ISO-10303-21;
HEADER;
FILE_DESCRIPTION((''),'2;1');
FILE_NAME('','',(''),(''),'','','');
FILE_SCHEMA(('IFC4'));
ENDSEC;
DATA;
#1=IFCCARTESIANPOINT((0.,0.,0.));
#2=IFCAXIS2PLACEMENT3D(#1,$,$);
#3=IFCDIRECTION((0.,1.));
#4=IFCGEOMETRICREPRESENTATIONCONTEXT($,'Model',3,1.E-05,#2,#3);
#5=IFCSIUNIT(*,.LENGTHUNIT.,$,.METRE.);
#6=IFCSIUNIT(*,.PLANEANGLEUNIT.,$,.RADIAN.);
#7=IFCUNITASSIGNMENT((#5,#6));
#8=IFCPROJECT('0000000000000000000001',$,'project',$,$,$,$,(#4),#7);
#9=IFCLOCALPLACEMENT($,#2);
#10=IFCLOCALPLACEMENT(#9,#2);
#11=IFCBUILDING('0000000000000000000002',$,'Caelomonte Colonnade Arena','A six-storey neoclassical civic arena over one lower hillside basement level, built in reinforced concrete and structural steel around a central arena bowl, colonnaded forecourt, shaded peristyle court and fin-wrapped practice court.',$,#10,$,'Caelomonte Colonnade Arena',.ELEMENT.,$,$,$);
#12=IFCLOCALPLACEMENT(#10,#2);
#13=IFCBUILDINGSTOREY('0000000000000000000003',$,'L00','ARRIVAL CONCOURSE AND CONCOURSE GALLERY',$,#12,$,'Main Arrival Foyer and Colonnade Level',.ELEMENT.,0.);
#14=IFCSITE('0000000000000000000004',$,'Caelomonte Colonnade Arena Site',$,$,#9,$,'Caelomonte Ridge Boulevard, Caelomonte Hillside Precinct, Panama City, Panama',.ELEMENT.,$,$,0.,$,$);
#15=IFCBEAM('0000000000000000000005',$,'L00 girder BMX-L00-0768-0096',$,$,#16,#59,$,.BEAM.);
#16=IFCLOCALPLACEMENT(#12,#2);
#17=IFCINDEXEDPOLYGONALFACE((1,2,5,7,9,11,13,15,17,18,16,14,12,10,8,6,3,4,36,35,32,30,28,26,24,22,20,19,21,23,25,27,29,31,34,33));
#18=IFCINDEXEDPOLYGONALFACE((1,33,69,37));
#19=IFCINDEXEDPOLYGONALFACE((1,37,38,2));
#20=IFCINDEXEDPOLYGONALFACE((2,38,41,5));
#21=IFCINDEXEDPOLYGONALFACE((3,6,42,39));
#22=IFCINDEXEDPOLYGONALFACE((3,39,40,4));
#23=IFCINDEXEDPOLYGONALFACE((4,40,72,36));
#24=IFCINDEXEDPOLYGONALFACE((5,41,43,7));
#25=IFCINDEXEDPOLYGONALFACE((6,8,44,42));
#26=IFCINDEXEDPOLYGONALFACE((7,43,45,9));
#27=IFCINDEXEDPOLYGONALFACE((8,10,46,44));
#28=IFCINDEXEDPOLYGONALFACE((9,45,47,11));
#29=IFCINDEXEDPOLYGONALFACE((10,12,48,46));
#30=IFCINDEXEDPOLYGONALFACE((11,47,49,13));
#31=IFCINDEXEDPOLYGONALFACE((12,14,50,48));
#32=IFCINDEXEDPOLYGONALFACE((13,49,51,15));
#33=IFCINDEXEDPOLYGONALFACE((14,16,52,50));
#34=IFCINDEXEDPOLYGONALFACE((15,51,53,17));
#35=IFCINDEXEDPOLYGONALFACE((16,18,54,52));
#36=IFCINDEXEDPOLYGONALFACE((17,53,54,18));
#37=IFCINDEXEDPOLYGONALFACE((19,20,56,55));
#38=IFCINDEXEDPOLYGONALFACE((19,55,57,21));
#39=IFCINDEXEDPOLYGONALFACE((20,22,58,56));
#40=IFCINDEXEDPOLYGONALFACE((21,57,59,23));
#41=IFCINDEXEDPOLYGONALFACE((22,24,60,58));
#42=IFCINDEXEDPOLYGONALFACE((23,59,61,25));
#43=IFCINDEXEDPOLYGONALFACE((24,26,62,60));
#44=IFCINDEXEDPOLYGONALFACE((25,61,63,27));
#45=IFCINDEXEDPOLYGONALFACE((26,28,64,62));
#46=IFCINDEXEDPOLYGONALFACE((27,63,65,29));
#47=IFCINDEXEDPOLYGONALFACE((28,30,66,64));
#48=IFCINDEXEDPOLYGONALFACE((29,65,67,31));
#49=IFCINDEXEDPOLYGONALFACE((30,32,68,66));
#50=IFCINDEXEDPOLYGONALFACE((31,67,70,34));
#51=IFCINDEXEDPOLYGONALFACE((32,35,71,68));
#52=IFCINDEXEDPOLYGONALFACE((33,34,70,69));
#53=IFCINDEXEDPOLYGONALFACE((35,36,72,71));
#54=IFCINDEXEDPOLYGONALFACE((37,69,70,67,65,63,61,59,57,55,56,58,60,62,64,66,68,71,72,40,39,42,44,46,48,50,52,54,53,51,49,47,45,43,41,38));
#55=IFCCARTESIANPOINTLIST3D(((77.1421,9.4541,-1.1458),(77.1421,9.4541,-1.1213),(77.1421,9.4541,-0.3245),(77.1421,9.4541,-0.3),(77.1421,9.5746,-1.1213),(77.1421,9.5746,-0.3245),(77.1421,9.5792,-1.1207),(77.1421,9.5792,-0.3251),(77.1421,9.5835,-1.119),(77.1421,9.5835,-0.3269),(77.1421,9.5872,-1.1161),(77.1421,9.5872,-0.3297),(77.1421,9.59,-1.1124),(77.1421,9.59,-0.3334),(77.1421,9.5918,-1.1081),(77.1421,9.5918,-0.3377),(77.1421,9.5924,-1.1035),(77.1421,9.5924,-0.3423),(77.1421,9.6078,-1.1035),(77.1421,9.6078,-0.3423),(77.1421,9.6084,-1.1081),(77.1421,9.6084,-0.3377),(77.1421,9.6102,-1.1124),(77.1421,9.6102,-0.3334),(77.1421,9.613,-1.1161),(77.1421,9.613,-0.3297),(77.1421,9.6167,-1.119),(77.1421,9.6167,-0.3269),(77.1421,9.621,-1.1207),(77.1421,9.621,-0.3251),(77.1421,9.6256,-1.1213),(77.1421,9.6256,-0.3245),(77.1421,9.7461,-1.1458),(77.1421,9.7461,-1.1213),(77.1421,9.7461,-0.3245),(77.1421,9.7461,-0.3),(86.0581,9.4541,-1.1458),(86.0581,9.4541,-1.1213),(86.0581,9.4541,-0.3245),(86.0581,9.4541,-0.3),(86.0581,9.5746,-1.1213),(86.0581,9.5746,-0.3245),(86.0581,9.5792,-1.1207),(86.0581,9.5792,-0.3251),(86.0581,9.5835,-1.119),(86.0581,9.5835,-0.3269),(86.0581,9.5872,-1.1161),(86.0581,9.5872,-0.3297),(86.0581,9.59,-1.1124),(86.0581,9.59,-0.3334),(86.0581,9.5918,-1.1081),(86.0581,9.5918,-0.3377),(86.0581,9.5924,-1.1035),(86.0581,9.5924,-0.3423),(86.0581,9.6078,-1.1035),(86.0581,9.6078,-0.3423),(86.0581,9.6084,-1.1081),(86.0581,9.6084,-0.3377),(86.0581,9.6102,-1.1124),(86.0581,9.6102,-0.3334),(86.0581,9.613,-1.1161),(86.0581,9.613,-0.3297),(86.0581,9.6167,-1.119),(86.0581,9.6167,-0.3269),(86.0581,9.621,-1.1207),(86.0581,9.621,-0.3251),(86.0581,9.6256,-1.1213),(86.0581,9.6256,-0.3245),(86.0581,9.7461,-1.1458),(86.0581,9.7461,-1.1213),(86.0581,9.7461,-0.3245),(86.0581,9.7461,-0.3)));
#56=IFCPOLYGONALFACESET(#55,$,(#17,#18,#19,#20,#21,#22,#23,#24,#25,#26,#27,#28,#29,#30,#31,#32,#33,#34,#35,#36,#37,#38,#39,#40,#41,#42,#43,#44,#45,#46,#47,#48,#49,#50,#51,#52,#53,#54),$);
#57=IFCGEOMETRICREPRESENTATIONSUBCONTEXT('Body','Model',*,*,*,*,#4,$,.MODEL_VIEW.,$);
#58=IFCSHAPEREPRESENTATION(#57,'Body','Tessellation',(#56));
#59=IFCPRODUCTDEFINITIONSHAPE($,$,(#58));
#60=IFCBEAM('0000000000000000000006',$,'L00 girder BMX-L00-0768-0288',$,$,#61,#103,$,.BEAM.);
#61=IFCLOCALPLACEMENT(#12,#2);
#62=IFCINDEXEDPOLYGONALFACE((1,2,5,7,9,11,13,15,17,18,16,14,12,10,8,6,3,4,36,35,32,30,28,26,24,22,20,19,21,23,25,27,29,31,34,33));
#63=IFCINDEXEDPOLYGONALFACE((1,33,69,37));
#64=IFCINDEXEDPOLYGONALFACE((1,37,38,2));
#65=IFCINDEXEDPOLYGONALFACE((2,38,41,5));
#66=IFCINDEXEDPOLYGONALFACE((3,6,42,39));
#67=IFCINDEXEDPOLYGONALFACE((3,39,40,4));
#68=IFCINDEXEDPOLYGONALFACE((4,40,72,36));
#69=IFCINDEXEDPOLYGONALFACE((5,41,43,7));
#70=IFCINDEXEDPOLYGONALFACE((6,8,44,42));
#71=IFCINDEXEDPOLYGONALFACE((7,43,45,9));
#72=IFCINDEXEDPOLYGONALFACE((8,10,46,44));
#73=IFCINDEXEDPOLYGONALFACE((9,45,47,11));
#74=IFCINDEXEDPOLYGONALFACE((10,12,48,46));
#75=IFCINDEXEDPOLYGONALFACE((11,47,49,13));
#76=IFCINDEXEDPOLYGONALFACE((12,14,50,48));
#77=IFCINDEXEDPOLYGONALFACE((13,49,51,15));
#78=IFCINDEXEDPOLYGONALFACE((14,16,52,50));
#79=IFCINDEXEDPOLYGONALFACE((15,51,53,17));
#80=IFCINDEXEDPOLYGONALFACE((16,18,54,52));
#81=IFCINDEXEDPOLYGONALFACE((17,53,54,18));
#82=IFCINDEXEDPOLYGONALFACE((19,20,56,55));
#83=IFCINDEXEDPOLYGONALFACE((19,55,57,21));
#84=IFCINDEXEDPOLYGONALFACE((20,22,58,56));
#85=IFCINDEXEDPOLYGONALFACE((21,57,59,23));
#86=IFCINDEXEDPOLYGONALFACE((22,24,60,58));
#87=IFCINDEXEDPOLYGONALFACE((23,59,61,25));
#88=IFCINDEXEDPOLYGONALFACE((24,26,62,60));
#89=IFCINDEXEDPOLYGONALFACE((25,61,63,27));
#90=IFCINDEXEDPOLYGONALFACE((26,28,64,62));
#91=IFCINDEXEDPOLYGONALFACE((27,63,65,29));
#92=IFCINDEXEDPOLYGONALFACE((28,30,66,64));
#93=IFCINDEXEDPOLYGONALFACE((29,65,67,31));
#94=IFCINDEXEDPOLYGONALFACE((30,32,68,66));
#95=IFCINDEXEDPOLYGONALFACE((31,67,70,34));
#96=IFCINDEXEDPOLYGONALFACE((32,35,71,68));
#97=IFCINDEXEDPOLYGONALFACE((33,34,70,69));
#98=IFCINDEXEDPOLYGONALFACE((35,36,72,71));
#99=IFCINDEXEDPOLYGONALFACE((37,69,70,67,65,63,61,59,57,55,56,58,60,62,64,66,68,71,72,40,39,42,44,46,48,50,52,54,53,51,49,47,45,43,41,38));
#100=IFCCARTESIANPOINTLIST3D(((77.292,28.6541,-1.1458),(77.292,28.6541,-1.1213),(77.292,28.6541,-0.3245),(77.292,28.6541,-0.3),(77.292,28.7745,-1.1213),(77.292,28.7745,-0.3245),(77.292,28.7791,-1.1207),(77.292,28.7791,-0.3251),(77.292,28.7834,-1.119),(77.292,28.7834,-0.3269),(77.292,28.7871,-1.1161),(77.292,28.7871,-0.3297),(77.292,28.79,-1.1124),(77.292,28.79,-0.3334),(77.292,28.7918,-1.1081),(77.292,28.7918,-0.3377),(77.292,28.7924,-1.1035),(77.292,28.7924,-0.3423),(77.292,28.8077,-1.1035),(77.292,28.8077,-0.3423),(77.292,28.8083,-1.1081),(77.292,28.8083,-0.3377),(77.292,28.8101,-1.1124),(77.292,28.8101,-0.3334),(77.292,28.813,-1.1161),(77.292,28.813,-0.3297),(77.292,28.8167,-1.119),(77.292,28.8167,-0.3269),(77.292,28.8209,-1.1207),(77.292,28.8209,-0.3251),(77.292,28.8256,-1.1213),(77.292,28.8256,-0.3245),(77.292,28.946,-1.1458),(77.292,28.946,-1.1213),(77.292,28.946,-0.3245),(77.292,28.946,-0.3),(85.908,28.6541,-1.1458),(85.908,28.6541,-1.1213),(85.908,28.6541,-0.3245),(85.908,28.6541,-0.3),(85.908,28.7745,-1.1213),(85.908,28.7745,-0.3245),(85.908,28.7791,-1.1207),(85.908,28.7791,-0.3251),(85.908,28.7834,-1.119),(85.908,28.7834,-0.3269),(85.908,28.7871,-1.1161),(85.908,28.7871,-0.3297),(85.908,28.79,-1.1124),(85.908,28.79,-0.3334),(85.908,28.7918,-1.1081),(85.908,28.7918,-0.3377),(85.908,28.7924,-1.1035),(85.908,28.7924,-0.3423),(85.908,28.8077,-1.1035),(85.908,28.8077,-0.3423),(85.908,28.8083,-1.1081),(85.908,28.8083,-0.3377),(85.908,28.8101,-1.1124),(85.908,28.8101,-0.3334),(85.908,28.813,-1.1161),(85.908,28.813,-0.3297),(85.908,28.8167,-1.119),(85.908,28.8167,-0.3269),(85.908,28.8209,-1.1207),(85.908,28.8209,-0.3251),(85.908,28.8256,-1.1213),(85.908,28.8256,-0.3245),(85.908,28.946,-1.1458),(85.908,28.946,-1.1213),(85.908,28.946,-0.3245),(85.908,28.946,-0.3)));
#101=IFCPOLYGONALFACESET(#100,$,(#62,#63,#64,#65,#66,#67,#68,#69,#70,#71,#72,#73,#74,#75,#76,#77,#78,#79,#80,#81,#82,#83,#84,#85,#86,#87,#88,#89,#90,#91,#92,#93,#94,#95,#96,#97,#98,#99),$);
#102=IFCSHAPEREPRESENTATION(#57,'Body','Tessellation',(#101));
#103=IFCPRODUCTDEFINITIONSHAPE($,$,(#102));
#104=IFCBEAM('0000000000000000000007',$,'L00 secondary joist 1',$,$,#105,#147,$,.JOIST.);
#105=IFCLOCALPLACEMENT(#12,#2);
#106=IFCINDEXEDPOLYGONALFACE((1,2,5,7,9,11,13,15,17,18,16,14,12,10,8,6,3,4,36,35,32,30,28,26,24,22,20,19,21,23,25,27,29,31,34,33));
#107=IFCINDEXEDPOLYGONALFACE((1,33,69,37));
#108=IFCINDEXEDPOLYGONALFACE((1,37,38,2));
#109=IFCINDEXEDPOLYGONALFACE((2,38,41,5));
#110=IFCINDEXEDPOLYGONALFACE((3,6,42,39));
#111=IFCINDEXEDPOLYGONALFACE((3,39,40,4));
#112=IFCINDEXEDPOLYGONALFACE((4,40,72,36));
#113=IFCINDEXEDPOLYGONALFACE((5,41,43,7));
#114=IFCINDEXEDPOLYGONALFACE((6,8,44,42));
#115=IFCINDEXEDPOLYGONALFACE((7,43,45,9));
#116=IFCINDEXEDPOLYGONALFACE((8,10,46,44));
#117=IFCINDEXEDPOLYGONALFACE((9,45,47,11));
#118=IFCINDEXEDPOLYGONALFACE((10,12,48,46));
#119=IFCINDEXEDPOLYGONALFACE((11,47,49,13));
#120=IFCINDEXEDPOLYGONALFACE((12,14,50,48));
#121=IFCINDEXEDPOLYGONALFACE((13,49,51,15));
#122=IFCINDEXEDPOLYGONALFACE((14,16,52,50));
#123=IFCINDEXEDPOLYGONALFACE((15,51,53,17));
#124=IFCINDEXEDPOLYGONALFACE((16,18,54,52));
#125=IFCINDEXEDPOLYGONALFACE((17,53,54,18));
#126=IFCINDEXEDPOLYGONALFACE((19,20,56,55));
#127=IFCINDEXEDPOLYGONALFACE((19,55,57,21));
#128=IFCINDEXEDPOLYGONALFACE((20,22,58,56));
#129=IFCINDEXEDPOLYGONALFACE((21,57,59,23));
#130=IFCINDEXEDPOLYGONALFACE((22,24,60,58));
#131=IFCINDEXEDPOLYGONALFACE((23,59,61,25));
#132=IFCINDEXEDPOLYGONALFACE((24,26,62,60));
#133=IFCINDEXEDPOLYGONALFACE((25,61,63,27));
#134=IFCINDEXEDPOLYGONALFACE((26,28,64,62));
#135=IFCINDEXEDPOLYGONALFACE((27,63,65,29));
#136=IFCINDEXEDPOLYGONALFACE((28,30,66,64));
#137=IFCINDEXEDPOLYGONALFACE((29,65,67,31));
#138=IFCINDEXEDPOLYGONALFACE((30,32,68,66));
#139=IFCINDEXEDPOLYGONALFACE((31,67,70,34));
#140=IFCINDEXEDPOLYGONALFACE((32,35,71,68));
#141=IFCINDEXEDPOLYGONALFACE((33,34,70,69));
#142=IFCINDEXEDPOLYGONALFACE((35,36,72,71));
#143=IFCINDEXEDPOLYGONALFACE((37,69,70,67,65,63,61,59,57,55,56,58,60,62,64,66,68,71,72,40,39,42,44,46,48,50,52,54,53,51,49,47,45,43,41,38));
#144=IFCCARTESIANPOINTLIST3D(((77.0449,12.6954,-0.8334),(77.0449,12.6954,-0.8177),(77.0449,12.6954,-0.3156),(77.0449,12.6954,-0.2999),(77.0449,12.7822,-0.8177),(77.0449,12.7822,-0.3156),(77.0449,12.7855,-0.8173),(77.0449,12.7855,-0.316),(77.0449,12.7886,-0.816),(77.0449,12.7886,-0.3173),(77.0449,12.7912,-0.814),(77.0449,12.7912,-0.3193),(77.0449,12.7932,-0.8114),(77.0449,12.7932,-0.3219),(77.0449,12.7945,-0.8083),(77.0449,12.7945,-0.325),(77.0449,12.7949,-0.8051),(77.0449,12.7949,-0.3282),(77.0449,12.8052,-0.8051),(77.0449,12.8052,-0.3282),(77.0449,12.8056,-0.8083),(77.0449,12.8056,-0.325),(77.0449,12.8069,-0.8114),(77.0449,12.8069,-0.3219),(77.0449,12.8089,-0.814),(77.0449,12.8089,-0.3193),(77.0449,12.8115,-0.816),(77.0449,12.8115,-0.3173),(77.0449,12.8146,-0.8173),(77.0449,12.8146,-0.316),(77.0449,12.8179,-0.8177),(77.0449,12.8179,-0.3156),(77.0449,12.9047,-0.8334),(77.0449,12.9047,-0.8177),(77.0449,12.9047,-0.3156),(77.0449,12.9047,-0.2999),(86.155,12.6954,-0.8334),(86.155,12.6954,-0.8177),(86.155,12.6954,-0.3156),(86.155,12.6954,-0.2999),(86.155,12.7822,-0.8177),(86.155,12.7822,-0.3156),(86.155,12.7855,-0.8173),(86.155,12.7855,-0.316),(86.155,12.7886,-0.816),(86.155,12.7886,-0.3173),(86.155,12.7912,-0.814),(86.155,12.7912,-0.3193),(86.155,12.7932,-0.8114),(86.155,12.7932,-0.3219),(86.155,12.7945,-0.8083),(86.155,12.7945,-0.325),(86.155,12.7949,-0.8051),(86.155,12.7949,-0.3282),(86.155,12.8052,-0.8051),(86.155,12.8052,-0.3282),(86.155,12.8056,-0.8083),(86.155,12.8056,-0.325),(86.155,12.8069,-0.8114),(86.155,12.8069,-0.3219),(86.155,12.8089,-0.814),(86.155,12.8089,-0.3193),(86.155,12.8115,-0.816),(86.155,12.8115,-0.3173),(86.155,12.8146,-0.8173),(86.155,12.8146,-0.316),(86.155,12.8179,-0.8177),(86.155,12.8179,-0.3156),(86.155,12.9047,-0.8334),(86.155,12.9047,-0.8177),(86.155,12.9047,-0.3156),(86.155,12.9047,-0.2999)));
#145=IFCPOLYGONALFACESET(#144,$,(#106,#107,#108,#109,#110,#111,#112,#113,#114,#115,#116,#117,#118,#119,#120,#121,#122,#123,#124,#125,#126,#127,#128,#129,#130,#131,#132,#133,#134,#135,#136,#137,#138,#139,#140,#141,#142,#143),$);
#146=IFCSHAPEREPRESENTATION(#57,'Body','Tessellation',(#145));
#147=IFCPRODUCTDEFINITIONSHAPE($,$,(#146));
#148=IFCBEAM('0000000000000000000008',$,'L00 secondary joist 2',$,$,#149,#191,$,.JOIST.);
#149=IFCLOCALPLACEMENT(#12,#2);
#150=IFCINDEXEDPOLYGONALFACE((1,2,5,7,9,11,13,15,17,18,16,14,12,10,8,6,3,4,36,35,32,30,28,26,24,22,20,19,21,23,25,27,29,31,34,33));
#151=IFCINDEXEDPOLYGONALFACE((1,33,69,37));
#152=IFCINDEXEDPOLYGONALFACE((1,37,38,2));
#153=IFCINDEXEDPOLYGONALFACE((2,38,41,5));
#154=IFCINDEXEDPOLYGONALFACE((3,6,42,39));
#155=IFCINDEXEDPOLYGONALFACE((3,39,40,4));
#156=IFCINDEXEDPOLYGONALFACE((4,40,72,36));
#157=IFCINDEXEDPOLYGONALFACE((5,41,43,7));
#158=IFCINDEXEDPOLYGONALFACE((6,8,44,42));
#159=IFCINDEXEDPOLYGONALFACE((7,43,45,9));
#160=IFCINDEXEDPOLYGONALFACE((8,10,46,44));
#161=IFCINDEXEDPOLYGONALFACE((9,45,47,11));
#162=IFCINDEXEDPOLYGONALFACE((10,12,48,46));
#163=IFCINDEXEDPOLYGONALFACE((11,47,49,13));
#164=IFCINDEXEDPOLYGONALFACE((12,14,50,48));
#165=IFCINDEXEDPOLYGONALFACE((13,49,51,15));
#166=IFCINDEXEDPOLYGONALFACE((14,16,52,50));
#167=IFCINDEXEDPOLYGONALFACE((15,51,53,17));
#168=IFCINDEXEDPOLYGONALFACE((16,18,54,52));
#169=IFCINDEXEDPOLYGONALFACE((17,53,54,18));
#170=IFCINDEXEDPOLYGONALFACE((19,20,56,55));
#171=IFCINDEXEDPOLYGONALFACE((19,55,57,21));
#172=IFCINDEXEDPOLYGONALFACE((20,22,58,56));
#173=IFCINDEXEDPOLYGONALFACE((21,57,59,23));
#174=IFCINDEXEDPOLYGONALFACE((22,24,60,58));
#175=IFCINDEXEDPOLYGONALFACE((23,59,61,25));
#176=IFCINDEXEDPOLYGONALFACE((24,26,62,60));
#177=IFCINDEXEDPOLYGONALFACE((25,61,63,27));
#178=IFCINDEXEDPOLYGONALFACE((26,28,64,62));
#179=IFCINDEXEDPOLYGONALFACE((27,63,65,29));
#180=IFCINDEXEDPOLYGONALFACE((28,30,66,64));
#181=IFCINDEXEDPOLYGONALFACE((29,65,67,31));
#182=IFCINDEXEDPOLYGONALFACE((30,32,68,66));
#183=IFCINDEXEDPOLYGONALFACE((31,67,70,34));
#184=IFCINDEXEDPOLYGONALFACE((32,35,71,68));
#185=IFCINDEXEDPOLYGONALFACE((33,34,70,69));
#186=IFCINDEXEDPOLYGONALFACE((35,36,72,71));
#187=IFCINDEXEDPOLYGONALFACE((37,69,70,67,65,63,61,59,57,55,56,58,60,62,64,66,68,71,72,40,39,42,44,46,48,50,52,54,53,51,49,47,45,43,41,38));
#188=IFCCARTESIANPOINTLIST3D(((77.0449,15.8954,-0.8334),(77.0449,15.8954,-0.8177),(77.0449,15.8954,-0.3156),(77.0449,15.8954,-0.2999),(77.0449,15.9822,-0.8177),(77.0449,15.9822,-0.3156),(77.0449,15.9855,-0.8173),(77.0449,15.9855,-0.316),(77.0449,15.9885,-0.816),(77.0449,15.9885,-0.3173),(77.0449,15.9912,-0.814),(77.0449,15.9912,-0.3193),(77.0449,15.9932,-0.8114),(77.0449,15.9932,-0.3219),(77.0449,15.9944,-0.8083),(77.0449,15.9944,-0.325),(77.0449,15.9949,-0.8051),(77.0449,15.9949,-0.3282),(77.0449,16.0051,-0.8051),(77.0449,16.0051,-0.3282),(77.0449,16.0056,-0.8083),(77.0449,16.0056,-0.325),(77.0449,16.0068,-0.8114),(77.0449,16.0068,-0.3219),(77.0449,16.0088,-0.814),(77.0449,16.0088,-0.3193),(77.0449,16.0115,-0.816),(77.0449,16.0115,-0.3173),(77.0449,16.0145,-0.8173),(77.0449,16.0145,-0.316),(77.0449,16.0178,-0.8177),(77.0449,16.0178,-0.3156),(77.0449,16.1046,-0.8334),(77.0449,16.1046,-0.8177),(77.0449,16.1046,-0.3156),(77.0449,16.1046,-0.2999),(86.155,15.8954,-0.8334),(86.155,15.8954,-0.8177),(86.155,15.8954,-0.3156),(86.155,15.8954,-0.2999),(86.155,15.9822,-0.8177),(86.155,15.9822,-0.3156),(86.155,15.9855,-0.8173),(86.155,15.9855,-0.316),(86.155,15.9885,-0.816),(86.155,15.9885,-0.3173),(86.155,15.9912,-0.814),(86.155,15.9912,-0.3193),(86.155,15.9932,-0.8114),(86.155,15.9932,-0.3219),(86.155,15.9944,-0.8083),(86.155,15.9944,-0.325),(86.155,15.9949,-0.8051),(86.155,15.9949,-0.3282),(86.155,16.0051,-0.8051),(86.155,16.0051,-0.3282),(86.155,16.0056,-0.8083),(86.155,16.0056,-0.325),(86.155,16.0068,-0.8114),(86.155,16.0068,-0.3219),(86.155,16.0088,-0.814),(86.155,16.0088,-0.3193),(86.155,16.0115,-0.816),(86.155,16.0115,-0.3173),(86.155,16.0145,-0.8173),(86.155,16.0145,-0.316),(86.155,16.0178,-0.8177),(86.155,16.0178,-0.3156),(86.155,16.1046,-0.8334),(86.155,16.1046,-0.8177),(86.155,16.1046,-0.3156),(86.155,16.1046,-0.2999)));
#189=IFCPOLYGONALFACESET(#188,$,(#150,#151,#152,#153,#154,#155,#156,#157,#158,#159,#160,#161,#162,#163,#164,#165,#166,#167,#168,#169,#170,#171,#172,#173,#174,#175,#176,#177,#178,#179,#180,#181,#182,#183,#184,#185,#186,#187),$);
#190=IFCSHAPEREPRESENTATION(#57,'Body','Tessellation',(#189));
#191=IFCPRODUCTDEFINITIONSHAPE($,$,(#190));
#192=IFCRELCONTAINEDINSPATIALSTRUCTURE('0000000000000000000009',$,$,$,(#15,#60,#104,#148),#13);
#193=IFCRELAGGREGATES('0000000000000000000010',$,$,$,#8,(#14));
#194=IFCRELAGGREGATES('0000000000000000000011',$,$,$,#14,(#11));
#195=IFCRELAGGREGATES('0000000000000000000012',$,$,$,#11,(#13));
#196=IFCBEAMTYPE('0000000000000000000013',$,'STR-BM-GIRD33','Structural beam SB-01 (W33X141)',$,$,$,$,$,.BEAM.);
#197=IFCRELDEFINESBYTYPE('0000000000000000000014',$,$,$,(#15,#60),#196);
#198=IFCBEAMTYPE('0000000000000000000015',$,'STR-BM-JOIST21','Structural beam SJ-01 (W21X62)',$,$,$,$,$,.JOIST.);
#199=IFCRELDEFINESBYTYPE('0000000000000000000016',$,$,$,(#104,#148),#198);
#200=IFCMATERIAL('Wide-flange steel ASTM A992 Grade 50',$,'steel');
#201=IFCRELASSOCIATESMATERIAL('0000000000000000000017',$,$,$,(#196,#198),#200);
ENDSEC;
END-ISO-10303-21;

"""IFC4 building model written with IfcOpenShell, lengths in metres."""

from ifc_helpers import new_model, si_unit, direction, frame, origin, origin_2d, place, context, subcontext, project, spatial, i_section, extrude, material, material_profile, profile_set, type_object, element, save


model = new_model("IFC4")

# Units and contexts
model_context = context("Model", 3, precision=1e-05, world=origin(), true_north=direction((0.0, 1.0)))
body_context = subcontext(model_context, "Body", "Model", "MODEL_VIEW")
ifc_project = project(units=[si_unit("LENGTHUNIT", "METRE"), si_unit("PLANEANGLEUNIT", "RADIAN")], contexts=[model_context])

# Site, building, storey
site_placement = place(None, origin())
site = spatial("IfcSite", under=ifc_project, at=site_placement, Name="Caelomonte Colonnade Arena Site", LongName="Caelomonte Ridge Boulevard, Caelomonte Hillside Precinct, Panama City, Panama", CompositionType="ELEMENT", RefElevation=0.0)
building_placement = place(site_placement, origin())
building = spatial("IfcBuilding", under=site, at=building_placement, Name="Caelomonte Colonnade Arena", Description="A six-storey neoclassical civic arena over one lower hillside basement level, built in reinforced concrete and structural steel around a central arena bowl, colonnaded forecourt, shaded peristyle court and fin-wrapped practice court.", LongName="Caelomonte Colonnade Arena", CompositionType="ELEMENT")
storey_placement = place(building_placement, origin())
storey = spatial("IfcBuildingStorey", under=building, at=storey_placement, Name="L00", Description="ARRIVAL CONCOURSE AND CONCOURSE GALLERY", LongName="Main Arrival Foyer and Colonnade Level", CompositionType="ELEMENT", Elevation=0.0)

# Shared definitions
ifc_material_1 = material(Name="Wide-flange steel ASTM A992 Grade 50", Category="steel")

# Beams
ifc_material_profile_1 = material_profile(ifc_material_1, i_section(OverallWidth=0.292, OverallDepth=0.8457, WebThickness=0.0154, FlangeThickness=0.0244, FilletRadius=0.0178, at=origin_2d()), Name="W33X141")
ifc_profile_set_1 = profile_set([ifc_material_profile_1], Name="Wide-flange steel ASTM A992 Grade 50")
beam_type_1 = type_object("IfcBeamType", Name="STR-BM-GIRD33", Description="Structural beam SB-01 (W33X141)", PredefinedType="BEAM", material=ifc_profile_set_1)
beam_1_placement = place(storey_placement, frame((77.1421, 9.6001, -0.7229), z_axis=(1.0, 0.0, 0.0), x_axis=(0.0, 1.0, 0.0)))
element("IfcBeam", 1, at=beam_1_placement, inside=storey, type_object=beam_type_1, Name="L00 girder BMX-L00-0768-0096", PredefinedType="BEAM", context=body_context, shape_type="SweptSolid", body=[
    extrude(i_section(OverallWidth=0.292, OverallDepth=0.8457, WebThickness=0.0154, FlangeThickness=0.0244, FilletRadius=0.0178, at=origin_2d()), origin(), (0.0, 0.0, 1.0), 8.916),
])
beam_2_placement = place(storey_placement, frame((77.292, 28.8, -0.7229), z_axis=(1.0, 0.0, 0.0), x_axis=(0.0, 1.0, 0.0)))
element("IfcBeam", 2, at=beam_2_placement, inside=storey, type_object=beam_type_1, Name="L00 girder BMX-L00-0768-0288", PredefinedType="BEAM", context=body_context, shape_type="SweptSolid", body=[
    extrude(i_section(OverallWidth=0.292, OverallDepth=0.8457, WebThickness=0.0154, FlangeThickness=0.0244, FilletRadius=0.0178, at=origin_2d()), origin(), (0.0, 0.0, 1.0), 8.616),
])
ifc_material_profile_2 = material_profile(ifc_material_1, i_section(OverallWidth=0.2092, OverallDepth=0.5334, WebThickness=0.0103, FlangeThickness=0.0156, FilletRadius=0.0127, at=origin_2d()), Name="W21X62")
ifc_profile_set_2 = profile_set([ifc_material_profile_2], Name="Wide-flange steel ASTM A992 Grade 50")
beam_type_2 = type_object("IfcBeamType", Name="STR-BM-JOIST21", Description="Structural beam SJ-01 (W21X62)", PredefinedType="JOIST", material=ifc_profile_set_2)
for number, where, z_axis, x_axis, name in (
    (3, (77.0449, 12.8, -0.5667), (1.0, 0.0, 0.0), (0.0, 1.0, 0.0), "L00 secondary joist 1"),
    (4, (77.0449, 16.0, -0.5667), (1.0, 0.0, 0.0), (0.0, 1.0, 0.0), "L00 secondary joist 2"),
):
    element("IfcBeam", number, at=place(storey_placement, frame(where, z_axis=z_axis, x_axis=x_axis)), inside=storey, type_object=beam_type_2, Name=name, PredefinedType="JOIST", context=body_context, shape_type="SweptSolid", body=[
        extrude(i_section(OverallWidth=0.2092, OverallDepth=0.5334, WebThickness=0.0103, FlangeThickness=0.0156, FilletRadius=0.0127, at=origin_2d()), origin(), (0.0, 0.0, 1.0), 9.1101),
    ])

save(model, "model.ifc")
